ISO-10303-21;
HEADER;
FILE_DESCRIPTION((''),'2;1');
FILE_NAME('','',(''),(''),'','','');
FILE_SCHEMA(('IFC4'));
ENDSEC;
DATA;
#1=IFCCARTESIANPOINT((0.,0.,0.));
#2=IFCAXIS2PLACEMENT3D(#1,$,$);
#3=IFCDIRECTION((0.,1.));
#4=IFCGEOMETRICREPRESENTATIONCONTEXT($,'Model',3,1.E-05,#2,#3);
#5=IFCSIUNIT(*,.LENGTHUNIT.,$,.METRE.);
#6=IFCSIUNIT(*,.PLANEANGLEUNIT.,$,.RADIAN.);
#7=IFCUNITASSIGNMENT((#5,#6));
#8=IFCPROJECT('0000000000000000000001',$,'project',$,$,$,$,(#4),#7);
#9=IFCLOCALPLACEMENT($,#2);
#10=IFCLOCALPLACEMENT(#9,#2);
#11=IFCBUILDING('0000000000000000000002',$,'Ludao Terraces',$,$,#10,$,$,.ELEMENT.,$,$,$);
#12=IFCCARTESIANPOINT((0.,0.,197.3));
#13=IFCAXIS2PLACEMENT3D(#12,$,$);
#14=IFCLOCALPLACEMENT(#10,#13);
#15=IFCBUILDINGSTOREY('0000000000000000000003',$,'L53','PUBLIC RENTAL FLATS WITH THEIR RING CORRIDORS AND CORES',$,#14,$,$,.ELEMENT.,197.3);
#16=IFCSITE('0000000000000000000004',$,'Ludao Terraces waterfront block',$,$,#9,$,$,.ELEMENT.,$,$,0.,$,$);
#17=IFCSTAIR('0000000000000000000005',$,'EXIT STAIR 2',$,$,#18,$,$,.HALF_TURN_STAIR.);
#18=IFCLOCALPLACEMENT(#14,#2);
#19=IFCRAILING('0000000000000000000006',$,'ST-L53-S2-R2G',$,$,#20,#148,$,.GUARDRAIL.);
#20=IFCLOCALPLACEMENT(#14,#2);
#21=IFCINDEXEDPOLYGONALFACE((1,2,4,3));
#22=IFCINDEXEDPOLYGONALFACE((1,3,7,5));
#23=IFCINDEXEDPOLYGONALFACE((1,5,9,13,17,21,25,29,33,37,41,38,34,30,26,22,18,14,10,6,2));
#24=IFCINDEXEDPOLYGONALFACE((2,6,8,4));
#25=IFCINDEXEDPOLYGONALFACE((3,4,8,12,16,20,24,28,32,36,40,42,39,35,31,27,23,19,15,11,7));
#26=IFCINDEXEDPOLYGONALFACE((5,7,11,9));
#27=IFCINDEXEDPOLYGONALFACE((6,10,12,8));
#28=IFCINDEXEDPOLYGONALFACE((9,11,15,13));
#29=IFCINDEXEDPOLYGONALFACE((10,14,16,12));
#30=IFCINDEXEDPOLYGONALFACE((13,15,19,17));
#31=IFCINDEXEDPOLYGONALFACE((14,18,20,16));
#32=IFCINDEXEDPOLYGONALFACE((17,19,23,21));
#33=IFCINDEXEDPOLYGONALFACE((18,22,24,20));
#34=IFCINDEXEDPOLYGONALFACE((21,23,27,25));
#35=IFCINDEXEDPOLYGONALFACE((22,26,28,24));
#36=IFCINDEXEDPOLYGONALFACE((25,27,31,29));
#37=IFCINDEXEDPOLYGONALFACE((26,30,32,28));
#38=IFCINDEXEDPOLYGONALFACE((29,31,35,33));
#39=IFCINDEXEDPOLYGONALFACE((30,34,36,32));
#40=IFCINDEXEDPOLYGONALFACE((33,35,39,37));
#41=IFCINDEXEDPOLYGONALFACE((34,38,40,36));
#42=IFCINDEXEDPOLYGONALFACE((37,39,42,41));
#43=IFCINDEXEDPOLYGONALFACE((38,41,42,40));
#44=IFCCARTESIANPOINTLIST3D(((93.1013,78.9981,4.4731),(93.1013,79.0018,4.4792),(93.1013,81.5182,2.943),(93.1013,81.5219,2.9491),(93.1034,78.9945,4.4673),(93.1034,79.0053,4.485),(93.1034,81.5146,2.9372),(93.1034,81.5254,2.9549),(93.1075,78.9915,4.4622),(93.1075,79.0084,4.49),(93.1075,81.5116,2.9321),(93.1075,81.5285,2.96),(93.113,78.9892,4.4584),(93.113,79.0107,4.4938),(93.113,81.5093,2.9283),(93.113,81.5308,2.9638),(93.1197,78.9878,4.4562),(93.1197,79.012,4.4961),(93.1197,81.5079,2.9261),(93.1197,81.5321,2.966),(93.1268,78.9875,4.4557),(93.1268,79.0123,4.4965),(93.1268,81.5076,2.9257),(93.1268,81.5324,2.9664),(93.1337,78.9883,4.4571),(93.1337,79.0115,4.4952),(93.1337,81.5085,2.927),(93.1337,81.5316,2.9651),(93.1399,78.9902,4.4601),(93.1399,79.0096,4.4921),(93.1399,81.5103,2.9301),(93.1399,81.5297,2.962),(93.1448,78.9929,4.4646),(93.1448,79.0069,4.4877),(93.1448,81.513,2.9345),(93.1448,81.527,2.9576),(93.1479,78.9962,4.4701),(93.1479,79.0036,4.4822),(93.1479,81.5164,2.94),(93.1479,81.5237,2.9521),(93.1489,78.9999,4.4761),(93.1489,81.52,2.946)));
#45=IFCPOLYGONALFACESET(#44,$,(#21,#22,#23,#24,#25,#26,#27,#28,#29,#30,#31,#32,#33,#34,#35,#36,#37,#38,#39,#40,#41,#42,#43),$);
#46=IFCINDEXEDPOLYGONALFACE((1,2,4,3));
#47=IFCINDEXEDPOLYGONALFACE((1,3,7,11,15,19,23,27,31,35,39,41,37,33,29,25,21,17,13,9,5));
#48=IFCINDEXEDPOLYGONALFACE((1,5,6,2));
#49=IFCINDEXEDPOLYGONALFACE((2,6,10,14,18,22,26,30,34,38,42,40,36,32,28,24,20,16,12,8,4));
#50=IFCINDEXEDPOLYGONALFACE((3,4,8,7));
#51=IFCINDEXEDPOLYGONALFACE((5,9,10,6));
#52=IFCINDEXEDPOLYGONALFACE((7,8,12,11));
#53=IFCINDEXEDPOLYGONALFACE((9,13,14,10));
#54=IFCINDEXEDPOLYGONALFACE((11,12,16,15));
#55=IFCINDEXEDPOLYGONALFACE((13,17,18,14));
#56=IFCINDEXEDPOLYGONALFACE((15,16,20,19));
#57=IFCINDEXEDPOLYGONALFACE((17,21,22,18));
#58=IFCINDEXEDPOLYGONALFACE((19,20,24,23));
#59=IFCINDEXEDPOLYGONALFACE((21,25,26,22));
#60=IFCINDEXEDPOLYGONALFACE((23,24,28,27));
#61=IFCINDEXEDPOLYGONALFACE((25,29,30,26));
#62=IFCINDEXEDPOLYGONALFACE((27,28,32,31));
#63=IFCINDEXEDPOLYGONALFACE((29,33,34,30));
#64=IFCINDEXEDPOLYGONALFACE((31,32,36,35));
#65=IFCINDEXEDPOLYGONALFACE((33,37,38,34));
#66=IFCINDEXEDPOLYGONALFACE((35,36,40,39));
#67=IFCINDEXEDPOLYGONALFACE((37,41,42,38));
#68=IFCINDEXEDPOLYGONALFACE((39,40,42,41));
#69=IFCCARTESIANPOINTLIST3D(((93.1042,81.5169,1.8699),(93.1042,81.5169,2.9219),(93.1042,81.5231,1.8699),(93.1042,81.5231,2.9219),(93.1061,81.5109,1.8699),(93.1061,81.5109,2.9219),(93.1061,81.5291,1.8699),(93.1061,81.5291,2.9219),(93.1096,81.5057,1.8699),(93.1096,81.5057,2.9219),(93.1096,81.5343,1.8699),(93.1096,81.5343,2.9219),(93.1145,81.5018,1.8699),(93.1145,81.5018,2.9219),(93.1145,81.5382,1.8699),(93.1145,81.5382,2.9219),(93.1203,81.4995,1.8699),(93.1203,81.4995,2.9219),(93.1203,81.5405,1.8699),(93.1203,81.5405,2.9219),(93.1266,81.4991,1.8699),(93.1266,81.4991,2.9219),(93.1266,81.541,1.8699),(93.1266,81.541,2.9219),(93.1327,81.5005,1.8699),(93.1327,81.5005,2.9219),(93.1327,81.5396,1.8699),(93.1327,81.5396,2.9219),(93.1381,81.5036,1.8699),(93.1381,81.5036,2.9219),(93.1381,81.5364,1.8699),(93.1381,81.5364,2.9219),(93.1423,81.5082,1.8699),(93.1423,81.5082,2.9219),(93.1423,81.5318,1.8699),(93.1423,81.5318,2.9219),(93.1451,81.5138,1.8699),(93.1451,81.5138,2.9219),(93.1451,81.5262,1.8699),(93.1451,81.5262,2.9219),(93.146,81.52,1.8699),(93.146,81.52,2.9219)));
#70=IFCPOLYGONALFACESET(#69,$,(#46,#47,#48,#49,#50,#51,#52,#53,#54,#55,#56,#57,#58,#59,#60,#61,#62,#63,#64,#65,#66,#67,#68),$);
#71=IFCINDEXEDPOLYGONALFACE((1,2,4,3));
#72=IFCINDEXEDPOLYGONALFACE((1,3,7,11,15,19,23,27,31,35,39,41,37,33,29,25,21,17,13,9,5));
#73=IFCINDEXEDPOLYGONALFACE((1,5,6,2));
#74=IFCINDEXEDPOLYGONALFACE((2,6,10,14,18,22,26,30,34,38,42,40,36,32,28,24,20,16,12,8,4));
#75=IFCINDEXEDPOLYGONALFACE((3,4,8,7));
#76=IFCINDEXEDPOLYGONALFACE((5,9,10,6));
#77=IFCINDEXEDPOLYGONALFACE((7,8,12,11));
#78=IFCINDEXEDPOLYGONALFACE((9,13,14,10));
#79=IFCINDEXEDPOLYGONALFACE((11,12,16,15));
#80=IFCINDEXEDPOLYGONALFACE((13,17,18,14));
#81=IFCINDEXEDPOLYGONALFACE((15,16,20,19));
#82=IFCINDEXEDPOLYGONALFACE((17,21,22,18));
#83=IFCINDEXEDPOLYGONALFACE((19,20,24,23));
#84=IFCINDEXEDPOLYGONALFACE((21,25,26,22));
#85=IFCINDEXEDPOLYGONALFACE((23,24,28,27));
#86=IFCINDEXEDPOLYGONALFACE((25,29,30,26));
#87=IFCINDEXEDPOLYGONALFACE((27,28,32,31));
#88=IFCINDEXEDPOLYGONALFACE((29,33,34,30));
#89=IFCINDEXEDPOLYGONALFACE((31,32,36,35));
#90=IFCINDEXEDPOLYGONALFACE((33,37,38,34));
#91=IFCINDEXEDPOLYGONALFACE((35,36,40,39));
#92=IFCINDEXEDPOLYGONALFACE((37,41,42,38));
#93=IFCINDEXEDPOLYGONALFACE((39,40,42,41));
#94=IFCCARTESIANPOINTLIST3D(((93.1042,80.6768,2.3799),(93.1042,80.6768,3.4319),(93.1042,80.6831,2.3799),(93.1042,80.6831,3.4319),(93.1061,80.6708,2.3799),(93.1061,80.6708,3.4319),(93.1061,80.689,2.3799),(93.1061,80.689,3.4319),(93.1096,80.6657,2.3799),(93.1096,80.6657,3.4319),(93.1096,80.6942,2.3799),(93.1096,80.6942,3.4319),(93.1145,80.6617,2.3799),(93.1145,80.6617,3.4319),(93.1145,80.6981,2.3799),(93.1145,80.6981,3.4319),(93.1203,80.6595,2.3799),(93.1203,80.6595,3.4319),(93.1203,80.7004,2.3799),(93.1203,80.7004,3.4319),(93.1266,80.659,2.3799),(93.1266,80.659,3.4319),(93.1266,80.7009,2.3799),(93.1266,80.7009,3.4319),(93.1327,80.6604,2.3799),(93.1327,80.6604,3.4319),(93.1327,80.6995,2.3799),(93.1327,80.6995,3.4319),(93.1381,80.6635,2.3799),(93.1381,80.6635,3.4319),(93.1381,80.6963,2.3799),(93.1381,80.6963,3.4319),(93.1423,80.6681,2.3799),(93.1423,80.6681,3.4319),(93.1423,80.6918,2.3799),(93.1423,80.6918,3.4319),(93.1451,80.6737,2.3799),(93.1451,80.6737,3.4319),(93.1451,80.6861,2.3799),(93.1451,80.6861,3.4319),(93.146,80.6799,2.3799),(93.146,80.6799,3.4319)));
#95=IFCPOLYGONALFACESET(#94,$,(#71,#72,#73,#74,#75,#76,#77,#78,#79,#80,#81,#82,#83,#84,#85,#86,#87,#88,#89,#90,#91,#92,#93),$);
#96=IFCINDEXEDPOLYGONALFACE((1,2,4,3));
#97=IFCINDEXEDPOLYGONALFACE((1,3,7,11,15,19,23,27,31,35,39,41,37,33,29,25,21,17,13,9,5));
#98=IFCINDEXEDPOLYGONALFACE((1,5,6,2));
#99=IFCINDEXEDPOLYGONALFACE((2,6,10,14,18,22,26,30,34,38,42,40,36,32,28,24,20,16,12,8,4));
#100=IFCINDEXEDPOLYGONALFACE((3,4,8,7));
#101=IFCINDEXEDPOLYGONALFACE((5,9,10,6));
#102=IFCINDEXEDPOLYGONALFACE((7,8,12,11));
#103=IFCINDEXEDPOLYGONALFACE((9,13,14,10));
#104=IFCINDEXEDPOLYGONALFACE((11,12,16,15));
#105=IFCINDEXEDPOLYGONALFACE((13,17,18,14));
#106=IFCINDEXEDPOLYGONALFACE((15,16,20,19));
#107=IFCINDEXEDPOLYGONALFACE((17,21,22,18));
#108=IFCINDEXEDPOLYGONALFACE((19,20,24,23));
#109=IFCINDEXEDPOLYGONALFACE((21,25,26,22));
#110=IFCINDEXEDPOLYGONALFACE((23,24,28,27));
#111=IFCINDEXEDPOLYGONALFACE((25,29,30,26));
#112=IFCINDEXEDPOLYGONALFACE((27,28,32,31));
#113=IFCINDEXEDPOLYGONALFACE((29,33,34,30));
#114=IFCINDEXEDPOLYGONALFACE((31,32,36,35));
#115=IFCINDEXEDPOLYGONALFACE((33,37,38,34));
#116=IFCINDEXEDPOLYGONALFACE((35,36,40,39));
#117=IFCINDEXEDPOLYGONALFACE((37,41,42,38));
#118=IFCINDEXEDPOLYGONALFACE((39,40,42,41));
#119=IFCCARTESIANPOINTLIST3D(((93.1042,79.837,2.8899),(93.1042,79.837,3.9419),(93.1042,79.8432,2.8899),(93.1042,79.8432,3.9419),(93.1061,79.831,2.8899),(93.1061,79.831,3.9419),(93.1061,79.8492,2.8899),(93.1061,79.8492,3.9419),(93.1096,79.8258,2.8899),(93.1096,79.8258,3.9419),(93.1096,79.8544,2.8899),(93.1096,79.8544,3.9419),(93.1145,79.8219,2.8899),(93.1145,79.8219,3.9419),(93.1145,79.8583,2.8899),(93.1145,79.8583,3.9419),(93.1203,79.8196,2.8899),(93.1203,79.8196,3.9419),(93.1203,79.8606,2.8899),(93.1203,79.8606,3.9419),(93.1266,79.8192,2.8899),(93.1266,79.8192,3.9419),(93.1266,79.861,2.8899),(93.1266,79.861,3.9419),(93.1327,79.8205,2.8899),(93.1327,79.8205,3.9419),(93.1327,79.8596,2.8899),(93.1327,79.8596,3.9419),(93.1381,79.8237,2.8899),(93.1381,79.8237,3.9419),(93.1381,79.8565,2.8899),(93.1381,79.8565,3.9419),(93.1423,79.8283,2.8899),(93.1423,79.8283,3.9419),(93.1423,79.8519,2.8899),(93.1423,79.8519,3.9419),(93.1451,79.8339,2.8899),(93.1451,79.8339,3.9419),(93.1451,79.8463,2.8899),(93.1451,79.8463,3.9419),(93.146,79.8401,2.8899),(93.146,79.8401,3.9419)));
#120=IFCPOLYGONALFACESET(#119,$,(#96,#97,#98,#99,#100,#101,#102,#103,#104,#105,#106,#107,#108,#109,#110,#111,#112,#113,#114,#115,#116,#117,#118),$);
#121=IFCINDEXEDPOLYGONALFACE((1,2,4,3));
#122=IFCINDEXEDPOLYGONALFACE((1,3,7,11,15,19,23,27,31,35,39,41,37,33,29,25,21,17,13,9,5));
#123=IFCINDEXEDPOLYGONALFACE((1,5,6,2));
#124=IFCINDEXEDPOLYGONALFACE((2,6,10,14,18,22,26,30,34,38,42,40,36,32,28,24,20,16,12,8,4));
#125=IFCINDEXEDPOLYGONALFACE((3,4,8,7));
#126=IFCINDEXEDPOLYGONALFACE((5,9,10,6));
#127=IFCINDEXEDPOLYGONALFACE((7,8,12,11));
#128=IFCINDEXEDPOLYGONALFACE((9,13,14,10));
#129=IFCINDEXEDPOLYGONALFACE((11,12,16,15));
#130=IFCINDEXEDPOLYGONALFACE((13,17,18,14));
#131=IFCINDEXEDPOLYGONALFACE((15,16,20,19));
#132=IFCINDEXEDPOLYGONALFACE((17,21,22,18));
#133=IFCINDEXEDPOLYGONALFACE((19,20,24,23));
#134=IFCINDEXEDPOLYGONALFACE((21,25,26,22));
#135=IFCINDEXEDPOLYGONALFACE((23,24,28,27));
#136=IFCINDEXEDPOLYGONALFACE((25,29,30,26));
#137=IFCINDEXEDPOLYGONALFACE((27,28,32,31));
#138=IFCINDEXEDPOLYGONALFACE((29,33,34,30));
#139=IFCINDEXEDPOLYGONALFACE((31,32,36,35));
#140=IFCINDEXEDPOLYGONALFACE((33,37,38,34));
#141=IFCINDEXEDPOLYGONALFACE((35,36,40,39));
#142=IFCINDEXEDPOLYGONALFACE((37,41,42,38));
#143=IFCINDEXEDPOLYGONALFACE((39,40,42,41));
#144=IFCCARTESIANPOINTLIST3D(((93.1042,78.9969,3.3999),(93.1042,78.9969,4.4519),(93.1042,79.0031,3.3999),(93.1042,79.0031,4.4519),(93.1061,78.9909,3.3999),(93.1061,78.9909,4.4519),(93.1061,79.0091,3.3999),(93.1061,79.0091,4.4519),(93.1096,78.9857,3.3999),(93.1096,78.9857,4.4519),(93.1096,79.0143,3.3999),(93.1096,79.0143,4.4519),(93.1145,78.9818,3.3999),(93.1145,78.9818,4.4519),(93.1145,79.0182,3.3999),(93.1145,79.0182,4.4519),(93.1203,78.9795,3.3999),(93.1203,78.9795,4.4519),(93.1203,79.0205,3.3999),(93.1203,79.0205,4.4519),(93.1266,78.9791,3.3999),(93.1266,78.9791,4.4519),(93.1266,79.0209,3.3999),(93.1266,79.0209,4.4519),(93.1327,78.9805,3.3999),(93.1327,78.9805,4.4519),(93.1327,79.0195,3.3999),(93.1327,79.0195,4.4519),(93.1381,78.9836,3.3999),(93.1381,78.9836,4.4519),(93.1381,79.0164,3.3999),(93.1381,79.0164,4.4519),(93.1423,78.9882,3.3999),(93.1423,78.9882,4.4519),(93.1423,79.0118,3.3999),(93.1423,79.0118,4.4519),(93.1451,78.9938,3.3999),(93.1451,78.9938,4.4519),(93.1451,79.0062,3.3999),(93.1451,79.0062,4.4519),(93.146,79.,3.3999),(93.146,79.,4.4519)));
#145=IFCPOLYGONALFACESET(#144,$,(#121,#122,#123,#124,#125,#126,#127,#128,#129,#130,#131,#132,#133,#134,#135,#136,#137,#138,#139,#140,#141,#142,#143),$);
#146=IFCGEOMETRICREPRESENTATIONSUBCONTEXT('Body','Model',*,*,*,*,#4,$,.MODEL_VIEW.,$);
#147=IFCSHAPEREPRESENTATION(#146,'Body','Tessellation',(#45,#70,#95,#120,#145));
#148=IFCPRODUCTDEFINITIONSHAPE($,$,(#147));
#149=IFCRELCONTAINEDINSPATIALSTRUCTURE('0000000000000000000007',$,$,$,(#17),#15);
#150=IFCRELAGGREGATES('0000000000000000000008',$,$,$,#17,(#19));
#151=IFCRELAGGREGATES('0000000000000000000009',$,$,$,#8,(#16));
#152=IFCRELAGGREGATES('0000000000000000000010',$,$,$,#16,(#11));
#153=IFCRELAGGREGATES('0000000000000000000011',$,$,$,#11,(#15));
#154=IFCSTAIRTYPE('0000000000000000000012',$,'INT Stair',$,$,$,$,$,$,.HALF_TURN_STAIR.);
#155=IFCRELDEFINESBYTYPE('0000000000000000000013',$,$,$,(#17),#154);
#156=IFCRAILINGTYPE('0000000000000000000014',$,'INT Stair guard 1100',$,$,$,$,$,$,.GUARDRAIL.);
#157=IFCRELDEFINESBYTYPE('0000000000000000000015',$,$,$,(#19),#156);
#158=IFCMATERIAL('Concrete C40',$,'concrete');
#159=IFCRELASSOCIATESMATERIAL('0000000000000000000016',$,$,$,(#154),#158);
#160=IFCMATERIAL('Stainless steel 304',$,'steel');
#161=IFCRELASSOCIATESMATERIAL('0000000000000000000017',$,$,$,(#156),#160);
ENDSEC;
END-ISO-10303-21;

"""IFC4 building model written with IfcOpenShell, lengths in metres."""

from ifc_helpers import new_model, si_unit, direction, frame, origin, origin_2d, place, context, subcontext, project, spatial, circle, extrude, material, type_object, element, aggregate, save


model = new_model("IFC4")

# Units and contexts
model_context = context("Model", 3, precision=1e-05, world=origin(), true_north=direction((0.0, 1.0)))
body_context = subcontext(model_context, "Body", "Model", "MODEL_VIEW")
ifc_project = project(units=[si_unit("LENGTHUNIT", "METRE"), si_unit("PLANEANGLEUNIT", "RADIAN")], contexts=[model_context])

# Site, building, storey
site_placement = place(None, origin())
site = spatial("IfcSite", under=ifc_project, at=site_placement, Name="Ludao Terraces waterfront block", CompositionType="ELEMENT", RefElevation=0.0)
building_placement = place(site_placement, origin())
building = spatial("IfcBuilding", under=site, at=building_placement, Name="Ludao Terraces", CompositionType="ELEMENT")
storey_placement = place(building_placement, frame((0.0, 0.0, 197.3)))
storey = spatial("IfcBuildingStorey", under=building, at=storey_placement, Name="L53", Description="PUBLIC RENTAL FLATS WITH THEIR RING CORRIDORS AND CORES", CompositionType="ELEMENT", Elevation=197.3)

# Shared definitions
ifc_material_1 = material(Name="Stainless steel 304", Category="steel")

# Stair, railing
ifc_material_2 = material(Name="Concrete C40", Category="concrete")
stair_type = type_object("IfcStairType", Name="INT Stair", PredefinedType="HALF_TURN_STAIR", material=ifc_material_2)
stair_placement = place(storey_placement, origin())
stair = element("IfcStair", 1, at=stair_placement, inside=storey, type_object=stair_type, Name="EXIT STAIR 2", PredefinedType="HALF_TURN_STAIR")
railing_type_1 = type_object("IfcRailingType", Name="INT Stair guard 1100", PredefinedType="GUARDRAIL", material=ifc_material_1)
railing_1_placement = place(storey_placement, frame((93.125, 81.52, 1.8699)))
railing_1 = element("IfcRailing", 2, at=railing_1_placement, type_object=railing_type_1, Name="ST-L53-S2-R2G", PredefinedType="GUARDRAIL", context=body_context, shape_type="SweptSolid", body=[
    extrude(circle(Radius=0.0239, at=origin_2d()), frame((0.0, 0.0, 1.0762), z_axis=(0.0, -0.854785, 0.518982), x_axis=(1.0, 0.0, 0.0)), (0.0, 0.0, 1.0), 2.9482),
    extrude(circle(Radius=0.021, at=origin_2d()), origin(), (0.0, 0.0, 1.0), 1.052),
    extrude(circle(Radius=0.021, at=origin_2d()), frame((0.0, -0.8401, 0.51)), (0.0, 0.0, 1.0), 1.052),
    extrude(circle(Radius=0.021, at=origin_2d()), frame((0.0, -1.6799, 1.02)), (0.0, 0.0, 1.0), 1.052),
    extrude(circle(Radius=0.021, at=origin_2d()), frame((0.0, -2.52, 1.53)), (0.0, 0.0, 1.0), 1.052),
])
aggregate(stair, [railing_1])

save(model, "model.ifc")
